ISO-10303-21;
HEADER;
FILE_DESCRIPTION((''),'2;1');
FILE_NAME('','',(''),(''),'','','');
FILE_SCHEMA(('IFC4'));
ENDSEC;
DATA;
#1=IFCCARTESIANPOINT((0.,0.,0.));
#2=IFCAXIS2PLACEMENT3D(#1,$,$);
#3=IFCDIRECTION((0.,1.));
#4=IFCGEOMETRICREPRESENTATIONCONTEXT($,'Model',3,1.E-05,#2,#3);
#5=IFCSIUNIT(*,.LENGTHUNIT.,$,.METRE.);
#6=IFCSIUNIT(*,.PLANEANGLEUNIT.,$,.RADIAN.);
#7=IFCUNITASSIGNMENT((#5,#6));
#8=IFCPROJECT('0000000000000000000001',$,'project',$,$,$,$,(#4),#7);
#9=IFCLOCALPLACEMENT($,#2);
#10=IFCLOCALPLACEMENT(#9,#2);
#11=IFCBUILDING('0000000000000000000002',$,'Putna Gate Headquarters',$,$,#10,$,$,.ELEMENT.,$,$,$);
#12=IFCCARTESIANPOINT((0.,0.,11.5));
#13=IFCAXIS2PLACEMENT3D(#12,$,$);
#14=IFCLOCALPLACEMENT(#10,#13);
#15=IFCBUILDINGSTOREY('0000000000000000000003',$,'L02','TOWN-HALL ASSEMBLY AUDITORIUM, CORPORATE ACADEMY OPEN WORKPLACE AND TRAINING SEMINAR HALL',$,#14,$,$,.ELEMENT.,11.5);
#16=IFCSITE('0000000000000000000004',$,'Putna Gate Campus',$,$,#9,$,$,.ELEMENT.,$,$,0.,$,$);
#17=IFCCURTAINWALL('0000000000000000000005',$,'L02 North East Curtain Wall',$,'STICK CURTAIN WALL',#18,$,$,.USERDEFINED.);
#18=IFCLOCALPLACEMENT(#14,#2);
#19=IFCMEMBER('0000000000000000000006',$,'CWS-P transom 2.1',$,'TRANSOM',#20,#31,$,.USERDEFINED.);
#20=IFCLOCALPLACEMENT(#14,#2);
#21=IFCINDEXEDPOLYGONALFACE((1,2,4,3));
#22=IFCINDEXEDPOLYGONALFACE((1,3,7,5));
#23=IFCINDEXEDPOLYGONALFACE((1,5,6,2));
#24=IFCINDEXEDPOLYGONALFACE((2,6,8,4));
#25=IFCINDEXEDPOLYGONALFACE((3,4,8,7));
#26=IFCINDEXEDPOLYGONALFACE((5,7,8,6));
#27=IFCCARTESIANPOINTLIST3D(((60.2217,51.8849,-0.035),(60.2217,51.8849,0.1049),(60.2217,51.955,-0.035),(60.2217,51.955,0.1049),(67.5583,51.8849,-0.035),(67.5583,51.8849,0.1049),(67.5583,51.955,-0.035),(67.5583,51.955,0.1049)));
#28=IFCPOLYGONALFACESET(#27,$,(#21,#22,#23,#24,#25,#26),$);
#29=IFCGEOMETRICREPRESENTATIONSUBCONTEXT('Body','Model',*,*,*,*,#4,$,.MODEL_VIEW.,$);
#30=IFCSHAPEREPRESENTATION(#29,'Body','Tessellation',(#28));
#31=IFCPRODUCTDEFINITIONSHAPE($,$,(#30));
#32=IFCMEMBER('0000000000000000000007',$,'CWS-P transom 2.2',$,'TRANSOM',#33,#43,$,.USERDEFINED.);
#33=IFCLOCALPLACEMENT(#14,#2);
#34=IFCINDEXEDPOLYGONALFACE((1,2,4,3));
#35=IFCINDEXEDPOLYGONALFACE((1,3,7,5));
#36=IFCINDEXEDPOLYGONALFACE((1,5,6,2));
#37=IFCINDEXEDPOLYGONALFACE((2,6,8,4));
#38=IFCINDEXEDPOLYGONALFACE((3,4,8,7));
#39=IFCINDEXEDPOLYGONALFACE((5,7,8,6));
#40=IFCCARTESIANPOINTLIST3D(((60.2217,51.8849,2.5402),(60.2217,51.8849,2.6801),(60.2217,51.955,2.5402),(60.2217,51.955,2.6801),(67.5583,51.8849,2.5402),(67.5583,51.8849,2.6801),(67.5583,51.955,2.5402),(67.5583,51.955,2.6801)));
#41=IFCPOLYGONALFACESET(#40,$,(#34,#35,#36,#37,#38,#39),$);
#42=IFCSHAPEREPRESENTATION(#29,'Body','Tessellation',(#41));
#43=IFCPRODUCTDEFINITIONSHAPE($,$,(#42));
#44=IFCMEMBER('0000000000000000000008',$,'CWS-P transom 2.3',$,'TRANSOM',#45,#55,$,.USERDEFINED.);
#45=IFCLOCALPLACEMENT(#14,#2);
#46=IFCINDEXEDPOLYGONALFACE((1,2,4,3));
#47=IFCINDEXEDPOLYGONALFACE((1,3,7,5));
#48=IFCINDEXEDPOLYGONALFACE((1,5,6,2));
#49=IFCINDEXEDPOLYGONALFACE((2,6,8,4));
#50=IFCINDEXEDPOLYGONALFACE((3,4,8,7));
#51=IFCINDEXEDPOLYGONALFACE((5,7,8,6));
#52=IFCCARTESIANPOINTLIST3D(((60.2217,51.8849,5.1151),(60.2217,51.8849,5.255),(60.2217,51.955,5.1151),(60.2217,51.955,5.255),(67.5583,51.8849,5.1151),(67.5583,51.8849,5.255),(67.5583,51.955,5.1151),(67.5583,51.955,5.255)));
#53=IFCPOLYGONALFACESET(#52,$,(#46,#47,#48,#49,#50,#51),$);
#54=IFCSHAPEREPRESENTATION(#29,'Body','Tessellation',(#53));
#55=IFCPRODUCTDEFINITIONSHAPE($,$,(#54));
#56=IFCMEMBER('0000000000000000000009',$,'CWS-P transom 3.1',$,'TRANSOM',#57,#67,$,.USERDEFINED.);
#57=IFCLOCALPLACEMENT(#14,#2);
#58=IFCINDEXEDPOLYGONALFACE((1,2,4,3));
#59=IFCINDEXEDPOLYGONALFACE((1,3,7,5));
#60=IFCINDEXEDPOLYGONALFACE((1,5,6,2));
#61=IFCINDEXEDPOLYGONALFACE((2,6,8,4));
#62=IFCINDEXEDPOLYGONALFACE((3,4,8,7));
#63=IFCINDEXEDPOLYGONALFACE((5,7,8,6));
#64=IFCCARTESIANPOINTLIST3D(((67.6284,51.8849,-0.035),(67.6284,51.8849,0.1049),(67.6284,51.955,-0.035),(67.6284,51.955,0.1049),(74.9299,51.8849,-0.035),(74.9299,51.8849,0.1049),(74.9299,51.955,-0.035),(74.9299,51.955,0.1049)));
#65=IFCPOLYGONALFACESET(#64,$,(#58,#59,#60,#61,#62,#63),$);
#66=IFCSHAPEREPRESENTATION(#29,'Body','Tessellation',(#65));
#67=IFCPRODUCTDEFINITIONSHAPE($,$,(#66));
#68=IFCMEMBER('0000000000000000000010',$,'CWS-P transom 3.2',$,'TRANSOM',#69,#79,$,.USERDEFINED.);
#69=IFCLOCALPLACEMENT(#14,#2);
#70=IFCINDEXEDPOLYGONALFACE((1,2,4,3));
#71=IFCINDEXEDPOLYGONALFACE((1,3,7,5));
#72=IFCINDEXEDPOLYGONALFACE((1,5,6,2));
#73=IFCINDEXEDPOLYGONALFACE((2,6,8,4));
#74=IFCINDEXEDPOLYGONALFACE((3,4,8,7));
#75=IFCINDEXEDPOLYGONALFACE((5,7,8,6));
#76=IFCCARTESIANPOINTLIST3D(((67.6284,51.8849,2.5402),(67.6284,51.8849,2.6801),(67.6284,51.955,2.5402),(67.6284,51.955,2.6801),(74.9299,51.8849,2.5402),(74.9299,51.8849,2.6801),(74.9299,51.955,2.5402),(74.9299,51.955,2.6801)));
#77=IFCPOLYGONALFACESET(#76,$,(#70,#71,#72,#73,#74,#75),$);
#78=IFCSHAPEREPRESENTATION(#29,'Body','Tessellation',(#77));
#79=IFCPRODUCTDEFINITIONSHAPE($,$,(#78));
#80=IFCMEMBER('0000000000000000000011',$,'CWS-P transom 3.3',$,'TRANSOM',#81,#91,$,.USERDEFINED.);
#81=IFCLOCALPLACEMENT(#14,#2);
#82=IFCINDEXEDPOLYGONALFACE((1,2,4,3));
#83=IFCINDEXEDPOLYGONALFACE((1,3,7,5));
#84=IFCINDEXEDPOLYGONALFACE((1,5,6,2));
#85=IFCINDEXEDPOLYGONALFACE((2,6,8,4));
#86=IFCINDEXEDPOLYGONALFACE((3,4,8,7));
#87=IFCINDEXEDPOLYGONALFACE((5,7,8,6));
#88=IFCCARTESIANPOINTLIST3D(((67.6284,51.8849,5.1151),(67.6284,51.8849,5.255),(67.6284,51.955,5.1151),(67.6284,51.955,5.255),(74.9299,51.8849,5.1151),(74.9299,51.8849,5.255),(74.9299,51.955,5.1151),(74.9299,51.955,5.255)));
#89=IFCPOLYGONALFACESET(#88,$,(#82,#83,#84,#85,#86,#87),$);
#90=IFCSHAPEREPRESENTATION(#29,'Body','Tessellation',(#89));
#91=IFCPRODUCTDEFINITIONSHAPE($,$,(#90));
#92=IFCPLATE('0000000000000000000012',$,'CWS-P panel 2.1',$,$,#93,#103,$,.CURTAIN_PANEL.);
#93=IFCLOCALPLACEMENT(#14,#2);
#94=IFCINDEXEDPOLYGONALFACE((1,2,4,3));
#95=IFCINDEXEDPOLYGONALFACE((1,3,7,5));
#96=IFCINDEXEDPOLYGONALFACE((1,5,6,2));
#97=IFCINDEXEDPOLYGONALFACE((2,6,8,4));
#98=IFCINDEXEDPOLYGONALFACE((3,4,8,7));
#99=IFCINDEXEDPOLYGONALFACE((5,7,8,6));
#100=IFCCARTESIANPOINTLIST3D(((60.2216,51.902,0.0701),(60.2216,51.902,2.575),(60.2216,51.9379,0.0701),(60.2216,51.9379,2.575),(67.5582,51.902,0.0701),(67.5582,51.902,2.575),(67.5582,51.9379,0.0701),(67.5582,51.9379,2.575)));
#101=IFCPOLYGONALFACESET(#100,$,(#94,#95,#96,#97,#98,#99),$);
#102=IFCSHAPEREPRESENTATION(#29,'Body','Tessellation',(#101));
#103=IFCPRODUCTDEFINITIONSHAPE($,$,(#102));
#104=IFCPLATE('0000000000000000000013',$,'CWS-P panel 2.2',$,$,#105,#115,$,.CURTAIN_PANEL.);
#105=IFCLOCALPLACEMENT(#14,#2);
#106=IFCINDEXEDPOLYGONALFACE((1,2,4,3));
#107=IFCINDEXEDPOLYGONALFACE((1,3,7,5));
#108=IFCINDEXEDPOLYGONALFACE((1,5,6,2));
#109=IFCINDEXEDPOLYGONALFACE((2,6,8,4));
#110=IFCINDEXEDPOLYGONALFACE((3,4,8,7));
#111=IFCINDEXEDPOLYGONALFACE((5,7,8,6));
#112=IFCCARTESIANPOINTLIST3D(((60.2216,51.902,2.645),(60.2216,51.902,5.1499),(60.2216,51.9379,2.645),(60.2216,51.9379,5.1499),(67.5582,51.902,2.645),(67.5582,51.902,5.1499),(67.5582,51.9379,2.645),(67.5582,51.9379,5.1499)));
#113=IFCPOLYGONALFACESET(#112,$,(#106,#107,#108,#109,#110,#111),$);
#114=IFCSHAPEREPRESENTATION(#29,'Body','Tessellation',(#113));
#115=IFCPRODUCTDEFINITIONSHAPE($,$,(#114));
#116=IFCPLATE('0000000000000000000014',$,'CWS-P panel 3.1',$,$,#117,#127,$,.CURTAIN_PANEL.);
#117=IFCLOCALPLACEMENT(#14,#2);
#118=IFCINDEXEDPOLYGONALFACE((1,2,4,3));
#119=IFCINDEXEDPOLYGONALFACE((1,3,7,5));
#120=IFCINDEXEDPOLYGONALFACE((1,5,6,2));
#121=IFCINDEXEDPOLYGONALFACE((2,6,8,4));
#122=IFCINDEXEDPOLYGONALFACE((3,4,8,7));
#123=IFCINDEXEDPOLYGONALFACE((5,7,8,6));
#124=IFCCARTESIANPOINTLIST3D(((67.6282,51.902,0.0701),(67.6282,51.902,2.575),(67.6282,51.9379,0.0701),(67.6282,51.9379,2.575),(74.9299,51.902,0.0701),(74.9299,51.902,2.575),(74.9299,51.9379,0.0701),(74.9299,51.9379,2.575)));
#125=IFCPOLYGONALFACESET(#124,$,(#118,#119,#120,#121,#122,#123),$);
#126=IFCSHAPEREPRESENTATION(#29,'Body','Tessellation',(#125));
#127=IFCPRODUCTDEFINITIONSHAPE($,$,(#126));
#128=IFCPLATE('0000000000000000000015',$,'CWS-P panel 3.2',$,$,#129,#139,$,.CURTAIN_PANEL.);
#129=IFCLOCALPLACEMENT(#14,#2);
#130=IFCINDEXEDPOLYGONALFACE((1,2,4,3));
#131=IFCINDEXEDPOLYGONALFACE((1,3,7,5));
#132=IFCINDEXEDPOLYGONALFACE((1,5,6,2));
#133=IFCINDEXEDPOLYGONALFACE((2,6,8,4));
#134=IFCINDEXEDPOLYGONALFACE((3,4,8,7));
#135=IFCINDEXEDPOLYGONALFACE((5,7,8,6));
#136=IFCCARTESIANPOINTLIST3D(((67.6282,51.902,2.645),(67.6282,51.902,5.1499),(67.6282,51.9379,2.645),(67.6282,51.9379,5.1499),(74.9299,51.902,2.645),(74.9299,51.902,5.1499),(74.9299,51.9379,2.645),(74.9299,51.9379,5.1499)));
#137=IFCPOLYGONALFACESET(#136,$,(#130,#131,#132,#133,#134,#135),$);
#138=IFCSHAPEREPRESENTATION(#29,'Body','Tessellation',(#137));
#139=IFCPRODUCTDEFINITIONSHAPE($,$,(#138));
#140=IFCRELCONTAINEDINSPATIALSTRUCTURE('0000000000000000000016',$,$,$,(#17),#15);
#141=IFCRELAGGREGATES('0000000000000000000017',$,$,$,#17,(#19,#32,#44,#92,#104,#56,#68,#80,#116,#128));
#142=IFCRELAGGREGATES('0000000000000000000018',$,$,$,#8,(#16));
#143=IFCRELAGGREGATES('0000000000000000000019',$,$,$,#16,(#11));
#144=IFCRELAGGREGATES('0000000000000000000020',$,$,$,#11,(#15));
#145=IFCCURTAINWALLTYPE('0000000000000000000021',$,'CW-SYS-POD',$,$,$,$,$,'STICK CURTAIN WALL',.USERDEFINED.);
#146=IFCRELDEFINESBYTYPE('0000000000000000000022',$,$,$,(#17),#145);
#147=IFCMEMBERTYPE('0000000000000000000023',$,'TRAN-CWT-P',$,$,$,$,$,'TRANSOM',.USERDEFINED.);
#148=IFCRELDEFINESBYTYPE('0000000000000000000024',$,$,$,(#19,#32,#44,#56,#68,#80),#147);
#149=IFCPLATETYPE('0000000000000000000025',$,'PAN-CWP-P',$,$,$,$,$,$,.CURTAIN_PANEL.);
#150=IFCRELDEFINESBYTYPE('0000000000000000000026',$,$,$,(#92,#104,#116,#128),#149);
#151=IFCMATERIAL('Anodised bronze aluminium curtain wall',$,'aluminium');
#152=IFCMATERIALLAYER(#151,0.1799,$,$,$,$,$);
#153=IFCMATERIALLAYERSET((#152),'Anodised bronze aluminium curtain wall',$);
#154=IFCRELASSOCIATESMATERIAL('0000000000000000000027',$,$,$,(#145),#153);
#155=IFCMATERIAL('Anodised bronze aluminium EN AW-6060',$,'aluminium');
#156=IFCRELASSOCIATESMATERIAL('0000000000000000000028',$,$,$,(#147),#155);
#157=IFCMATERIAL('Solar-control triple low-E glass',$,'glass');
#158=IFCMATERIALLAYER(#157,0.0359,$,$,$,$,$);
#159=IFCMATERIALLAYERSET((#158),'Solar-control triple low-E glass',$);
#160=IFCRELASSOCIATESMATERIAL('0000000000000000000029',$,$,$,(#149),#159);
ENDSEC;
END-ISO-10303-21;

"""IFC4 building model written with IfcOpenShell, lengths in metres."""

from ifc_helpers import new_model, si_unit, direction, frame, origin, origin_2d, place, context, subcontext, project, spatial, rectangle, extrude, material, layer, layer_set, material_profile, profile_set, type_object, element, aggregate, save


model = new_model("IFC4")

# Units and contexts
model_context = context("Model", 3, precision=1e-05, world=origin(), true_north=direction((0.0, 1.0)))
body_context = subcontext(model_context, "Body", "Model", "MODEL_VIEW")
ifc_project = project(units=[si_unit("LENGTHUNIT", "METRE"), si_unit("PLANEANGLEUNIT", "RADIAN")], contexts=[model_context])

# Site, building, storey
site_placement = place(None, origin())
site = spatial("IfcSite", under=ifc_project, at=site_placement, Name="Putna Gate Campus", CompositionType="ELEMENT", RefElevation=0.0)
building_placement = place(site_placement, origin())
building = spatial("IfcBuilding", under=site, at=building_placement, Name="Putna Gate Headquarters", CompositionType="ELEMENT")
storey_placement = place(building_placement, frame((0.0, 0.0, 11.5)))
storey = spatial("IfcBuildingStorey", under=building, at=storey_placement, Name="L02", Description="TOWN-HALL ASSEMBLY AUDITORIUM, CORPORATE ACADEMY OPEN WORKPLACE AND TRAINING SEMINAR HALL", CompositionType="ELEMENT", Elevation=11.5)

# Curtain wall, members, plates
ifc_material_1 = material(Name="Anodised bronze aluminium curtain wall", Category="aluminium")
ifc_layer_1 = layer(ifc_material_1, 0.1799)
ifc_layer_set_1 = layer_set([ifc_layer_1], Name="Anodised bronze aluminium curtain wall")
curtain_wall_type = type_object("IfcCurtainWallType", Name="CW-SYS-POD", ElementType="STICK CURTAIN WALL", PredefinedType="USERDEFINED", material=ifc_layer_set_1)
curtain_wall_placement = place(storey_placement, origin())
curtain_wall = element("IfcCurtainWall", 1, at=curtain_wall_placement, inside=storey, type_object=curtain_wall_type, Name="L02 North East Curtain Wall", ObjectType="STICK CURTAIN WALL", PredefinedType="USERDEFINED")
ifc_material_2 = material(Name="Anodised bronze aluminium EN AW-6060", Category="aluminium")
ifc_material_profile_1 = material_profile(ifc_material_2, rectangle(XDim=0.0701, YDim=0.1399, at=origin_2d()), Name="Anodised bronze aluminium EN AW-6060")
ifc_profile_set_1 = profile_set([ifc_material_profile_1], Name="Anodised bronze aluminium EN AW-6060")
member_type_1 = type_object("IfcMemberType", Name="TRAN-CWT-P", ElementType="TRANSOM", PredefinedType="USERDEFINED", material=ifc_profile_set_1)
member_1_placement = place(storey_placement, frame((60.2217, 51.9199, 0.0349), z_axis=(1.0, 0.0, 0.0), x_axis=(0.0, 1.0, 0.0)))
member_1 = element("IfcMember", 2, at=member_1_placement, type_object=member_type_1, Name="CWS-P transom 2.1", ObjectType="TRANSOM", PredefinedType="USERDEFINED", context=body_context, shape_type="SweptSolid", body=[
    extrude(rectangle(XDim=0.0701, YDim=0.1399, at=origin_2d()), origin(), (0.0, 0.0, 1.0), 7.3367),
])
member_2_placement = place(storey_placement, frame((60.2217, 51.9199, 2.6101), z_axis=(1.0, 0.0, 0.0), x_axis=(0.0, 1.0, 0.0)))
member_2 = element("IfcMember", 3, at=member_2_placement, type_object=member_type_1, Name="CWS-P transom 2.2", ObjectType="TRANSOM", PredefinedType="USERDEFINED", context=body_context, shape_type="SweptSolid", body=[
    extrude(rectangle(XDim=0.0701, YDim=0.1399, at=origin_2d()), origin(), (0.0, 0.0, 1.0), 7.3367),
])
member_3_placement = place(storey_placement, frame((60.2217, 51.9199, 5.1851), z_axis=(1.0, 0.0, 0.0), x_axis=(0.0, 1.0, 0.0)))
member_3 = element("IfcMember", 4, at=member_3_placement, type_object=member_type_1, Name="CWS-P transom 2.3", ObjectType="TRANSOM", PredefinedType="USERDEFINED", context=body_context, shape_type="SweptSolid", body=[
    extrude(rectangle(XDim=0.0701, YDim=0.1399, at=origin_2d()), origin(), (0.0, 0.0, 1.0), 7.3367),
])
member_4_placement = place(storey_placement, frame((67.6284, 51.9199, 0.0349), z_axis=(1.0, 0.0, 0.0), x_axis=(0.0, 1.0, 0.0)))
member_4 = element("IfcMember", 5, at=member_4_placement, type_object=member_type_1, Name="CWS-P transom 3.1", ObjectType="TRANSOM", PredefinedType="USERDEFINED", context=body_context, shape_type="SweptSolid", body=[
    extrude(rectangle(XDim=0.0701, YDim=0.1399, at=origin_2d()), origin(), (0.0, 0.0, 1.0), 7.3015),
])
member_5_placement = place(storey_placement, frame((67.6284, 51.9199, 2.6101), z_axis=(1.0, 0.0, 0.0), x_axis=(0.0, 1.0, 0.0)))
member_5 = element("IfcMember", 6, at=member_5_placement, type_object=member_type_1, Name="CWS-P transom 3.2", ObjectType="TRANSOM", PredefinedType="USERDEFINED", context=body_context, shape_type="SweptSolid", body=[
    extrude(rectangle(XDim=0.0701, YDim=0.1399, at=origin_2d()), origin(), (0.0, 0.0, 1.0), 7.3015),
])
member_6_placement = place(storey_placement, frame((67.6284, 51.9199, 5.1851), z_axis=(1.0, 0.0, 0.0), x_axis=(0.0, 1.0, 0.0)))
member_6 = element("IfcMember", 7, at=member_6_placement, type_object=member_type_1, Name="CWS-P transom 3.3", ObjectType="TRANSOM", PredefinedType="USERDEFINED", context=body_context, shape_type="SweptSolid", body=[
    extrude(rectangle(XDim=0.0701, YDim=0.1399, at=origin_2d()), origin(), (0.0, 0.0, 1.0), 7.3015),
])
ifc_material_3 = material(Name="Solar-control triple low-E glass", Category="glass")
ifc_layer_2 = layer(ifc_material_3, 0.0359)
ifc_layer_set_2 = layer_set([ifc_layer_2], Name="Solar-control triple low-E glass")
plate_type = type_object("IfcPlateType", Name="PAN-CWP-P", PredefinedType="CURTAIN_PANEL", material=ifc_layer_set_2)
plate_1_placement = place(storey_placement, frame((63.8899, 51.9199, 0.0701), z_axis=(0.0, 0.0, 1.0), x_axis=(1.0, 0.0, 0.0)))
plate_1 = element("IfcPlate", 8, at=plate_1_placement, type_object=plate_type, Name="CWS-P panel 2.1", PredefinedType="CURTAIN_PANEL", context=body_context, shape_type="SweptSolid", body=[
    extrude(rectangle(XDim=7.3367, YDim=0.0359, at=origin_2d()), origin(), (0.0, 0.0, 1.0), 2.5049),
])
plate_2_placement = place(storey_placement, frame((63.8899, 51.9199, 2.645), z_axis=(0.0, 0.0, 1.0), x_axis=(1.0, 0.0, 0.0)))
plate_2 = element("IfcPlate", 9, at=plate_2_placement, type_object=plate_type, Name="CWS-P panel 2.2", PredefinedType="CURTAIN_PANEL", context=body_context, shape_type="SweptSolid", body=[
    extrude(rectangle(XDim=7.3367, YDim=0.0359, at=origin_2d()), origin(), (0.0, 0.0, 1.0), 2.5049),
])
plate_3_placement = place(storey_placement, frame((71.2791, 51.9199, 0.0701), z_axis=(0.0, 0.0, 1.0), x_axis=(1.0, 0.0, 0.0)))
plate_3 = element("IfcPlate", 10, at=plate_3_placement, type_object=plate_type, Name="CWS-P panel 3.1", PredefinedType="CURTAIN_PANEL", context=body_context, shape_type="SweptSolid", body=[
    extrude(rectangle(XDim=7.3018, YDim=0.0359, at=origin_2d()), origin(), (0.0, 0.0, 1.0), 2.5049),
])
plate_4_placement = place(storey_placement, frame((71.2791, 51.9199, 2.645), z_axis=(0.0, 0.0, 1.0), x_axis=(1.0, 0.0, 0.0)))
plate_4 = element("IfcPlate", 11, at=plate_4_placement, type_object=plate_type, Name="CWS-P panel 3.2", PredefinedType="CURTAIN_PANEL", context=body_context, shape_type="SweptSolid", body=[
    extrude(rectangle(XDim=7.3018, YDim=0.0359, at=origin_2d()), origin(), (0.0, 0.0, 1.0), 2.5049),
])
aggregate(curtain_wall, [member_1, member_2, member_3, plate_1, plate_2, member_4, member_5, member_6, plate_3, plate_4])

save(model, "model.ifc")
